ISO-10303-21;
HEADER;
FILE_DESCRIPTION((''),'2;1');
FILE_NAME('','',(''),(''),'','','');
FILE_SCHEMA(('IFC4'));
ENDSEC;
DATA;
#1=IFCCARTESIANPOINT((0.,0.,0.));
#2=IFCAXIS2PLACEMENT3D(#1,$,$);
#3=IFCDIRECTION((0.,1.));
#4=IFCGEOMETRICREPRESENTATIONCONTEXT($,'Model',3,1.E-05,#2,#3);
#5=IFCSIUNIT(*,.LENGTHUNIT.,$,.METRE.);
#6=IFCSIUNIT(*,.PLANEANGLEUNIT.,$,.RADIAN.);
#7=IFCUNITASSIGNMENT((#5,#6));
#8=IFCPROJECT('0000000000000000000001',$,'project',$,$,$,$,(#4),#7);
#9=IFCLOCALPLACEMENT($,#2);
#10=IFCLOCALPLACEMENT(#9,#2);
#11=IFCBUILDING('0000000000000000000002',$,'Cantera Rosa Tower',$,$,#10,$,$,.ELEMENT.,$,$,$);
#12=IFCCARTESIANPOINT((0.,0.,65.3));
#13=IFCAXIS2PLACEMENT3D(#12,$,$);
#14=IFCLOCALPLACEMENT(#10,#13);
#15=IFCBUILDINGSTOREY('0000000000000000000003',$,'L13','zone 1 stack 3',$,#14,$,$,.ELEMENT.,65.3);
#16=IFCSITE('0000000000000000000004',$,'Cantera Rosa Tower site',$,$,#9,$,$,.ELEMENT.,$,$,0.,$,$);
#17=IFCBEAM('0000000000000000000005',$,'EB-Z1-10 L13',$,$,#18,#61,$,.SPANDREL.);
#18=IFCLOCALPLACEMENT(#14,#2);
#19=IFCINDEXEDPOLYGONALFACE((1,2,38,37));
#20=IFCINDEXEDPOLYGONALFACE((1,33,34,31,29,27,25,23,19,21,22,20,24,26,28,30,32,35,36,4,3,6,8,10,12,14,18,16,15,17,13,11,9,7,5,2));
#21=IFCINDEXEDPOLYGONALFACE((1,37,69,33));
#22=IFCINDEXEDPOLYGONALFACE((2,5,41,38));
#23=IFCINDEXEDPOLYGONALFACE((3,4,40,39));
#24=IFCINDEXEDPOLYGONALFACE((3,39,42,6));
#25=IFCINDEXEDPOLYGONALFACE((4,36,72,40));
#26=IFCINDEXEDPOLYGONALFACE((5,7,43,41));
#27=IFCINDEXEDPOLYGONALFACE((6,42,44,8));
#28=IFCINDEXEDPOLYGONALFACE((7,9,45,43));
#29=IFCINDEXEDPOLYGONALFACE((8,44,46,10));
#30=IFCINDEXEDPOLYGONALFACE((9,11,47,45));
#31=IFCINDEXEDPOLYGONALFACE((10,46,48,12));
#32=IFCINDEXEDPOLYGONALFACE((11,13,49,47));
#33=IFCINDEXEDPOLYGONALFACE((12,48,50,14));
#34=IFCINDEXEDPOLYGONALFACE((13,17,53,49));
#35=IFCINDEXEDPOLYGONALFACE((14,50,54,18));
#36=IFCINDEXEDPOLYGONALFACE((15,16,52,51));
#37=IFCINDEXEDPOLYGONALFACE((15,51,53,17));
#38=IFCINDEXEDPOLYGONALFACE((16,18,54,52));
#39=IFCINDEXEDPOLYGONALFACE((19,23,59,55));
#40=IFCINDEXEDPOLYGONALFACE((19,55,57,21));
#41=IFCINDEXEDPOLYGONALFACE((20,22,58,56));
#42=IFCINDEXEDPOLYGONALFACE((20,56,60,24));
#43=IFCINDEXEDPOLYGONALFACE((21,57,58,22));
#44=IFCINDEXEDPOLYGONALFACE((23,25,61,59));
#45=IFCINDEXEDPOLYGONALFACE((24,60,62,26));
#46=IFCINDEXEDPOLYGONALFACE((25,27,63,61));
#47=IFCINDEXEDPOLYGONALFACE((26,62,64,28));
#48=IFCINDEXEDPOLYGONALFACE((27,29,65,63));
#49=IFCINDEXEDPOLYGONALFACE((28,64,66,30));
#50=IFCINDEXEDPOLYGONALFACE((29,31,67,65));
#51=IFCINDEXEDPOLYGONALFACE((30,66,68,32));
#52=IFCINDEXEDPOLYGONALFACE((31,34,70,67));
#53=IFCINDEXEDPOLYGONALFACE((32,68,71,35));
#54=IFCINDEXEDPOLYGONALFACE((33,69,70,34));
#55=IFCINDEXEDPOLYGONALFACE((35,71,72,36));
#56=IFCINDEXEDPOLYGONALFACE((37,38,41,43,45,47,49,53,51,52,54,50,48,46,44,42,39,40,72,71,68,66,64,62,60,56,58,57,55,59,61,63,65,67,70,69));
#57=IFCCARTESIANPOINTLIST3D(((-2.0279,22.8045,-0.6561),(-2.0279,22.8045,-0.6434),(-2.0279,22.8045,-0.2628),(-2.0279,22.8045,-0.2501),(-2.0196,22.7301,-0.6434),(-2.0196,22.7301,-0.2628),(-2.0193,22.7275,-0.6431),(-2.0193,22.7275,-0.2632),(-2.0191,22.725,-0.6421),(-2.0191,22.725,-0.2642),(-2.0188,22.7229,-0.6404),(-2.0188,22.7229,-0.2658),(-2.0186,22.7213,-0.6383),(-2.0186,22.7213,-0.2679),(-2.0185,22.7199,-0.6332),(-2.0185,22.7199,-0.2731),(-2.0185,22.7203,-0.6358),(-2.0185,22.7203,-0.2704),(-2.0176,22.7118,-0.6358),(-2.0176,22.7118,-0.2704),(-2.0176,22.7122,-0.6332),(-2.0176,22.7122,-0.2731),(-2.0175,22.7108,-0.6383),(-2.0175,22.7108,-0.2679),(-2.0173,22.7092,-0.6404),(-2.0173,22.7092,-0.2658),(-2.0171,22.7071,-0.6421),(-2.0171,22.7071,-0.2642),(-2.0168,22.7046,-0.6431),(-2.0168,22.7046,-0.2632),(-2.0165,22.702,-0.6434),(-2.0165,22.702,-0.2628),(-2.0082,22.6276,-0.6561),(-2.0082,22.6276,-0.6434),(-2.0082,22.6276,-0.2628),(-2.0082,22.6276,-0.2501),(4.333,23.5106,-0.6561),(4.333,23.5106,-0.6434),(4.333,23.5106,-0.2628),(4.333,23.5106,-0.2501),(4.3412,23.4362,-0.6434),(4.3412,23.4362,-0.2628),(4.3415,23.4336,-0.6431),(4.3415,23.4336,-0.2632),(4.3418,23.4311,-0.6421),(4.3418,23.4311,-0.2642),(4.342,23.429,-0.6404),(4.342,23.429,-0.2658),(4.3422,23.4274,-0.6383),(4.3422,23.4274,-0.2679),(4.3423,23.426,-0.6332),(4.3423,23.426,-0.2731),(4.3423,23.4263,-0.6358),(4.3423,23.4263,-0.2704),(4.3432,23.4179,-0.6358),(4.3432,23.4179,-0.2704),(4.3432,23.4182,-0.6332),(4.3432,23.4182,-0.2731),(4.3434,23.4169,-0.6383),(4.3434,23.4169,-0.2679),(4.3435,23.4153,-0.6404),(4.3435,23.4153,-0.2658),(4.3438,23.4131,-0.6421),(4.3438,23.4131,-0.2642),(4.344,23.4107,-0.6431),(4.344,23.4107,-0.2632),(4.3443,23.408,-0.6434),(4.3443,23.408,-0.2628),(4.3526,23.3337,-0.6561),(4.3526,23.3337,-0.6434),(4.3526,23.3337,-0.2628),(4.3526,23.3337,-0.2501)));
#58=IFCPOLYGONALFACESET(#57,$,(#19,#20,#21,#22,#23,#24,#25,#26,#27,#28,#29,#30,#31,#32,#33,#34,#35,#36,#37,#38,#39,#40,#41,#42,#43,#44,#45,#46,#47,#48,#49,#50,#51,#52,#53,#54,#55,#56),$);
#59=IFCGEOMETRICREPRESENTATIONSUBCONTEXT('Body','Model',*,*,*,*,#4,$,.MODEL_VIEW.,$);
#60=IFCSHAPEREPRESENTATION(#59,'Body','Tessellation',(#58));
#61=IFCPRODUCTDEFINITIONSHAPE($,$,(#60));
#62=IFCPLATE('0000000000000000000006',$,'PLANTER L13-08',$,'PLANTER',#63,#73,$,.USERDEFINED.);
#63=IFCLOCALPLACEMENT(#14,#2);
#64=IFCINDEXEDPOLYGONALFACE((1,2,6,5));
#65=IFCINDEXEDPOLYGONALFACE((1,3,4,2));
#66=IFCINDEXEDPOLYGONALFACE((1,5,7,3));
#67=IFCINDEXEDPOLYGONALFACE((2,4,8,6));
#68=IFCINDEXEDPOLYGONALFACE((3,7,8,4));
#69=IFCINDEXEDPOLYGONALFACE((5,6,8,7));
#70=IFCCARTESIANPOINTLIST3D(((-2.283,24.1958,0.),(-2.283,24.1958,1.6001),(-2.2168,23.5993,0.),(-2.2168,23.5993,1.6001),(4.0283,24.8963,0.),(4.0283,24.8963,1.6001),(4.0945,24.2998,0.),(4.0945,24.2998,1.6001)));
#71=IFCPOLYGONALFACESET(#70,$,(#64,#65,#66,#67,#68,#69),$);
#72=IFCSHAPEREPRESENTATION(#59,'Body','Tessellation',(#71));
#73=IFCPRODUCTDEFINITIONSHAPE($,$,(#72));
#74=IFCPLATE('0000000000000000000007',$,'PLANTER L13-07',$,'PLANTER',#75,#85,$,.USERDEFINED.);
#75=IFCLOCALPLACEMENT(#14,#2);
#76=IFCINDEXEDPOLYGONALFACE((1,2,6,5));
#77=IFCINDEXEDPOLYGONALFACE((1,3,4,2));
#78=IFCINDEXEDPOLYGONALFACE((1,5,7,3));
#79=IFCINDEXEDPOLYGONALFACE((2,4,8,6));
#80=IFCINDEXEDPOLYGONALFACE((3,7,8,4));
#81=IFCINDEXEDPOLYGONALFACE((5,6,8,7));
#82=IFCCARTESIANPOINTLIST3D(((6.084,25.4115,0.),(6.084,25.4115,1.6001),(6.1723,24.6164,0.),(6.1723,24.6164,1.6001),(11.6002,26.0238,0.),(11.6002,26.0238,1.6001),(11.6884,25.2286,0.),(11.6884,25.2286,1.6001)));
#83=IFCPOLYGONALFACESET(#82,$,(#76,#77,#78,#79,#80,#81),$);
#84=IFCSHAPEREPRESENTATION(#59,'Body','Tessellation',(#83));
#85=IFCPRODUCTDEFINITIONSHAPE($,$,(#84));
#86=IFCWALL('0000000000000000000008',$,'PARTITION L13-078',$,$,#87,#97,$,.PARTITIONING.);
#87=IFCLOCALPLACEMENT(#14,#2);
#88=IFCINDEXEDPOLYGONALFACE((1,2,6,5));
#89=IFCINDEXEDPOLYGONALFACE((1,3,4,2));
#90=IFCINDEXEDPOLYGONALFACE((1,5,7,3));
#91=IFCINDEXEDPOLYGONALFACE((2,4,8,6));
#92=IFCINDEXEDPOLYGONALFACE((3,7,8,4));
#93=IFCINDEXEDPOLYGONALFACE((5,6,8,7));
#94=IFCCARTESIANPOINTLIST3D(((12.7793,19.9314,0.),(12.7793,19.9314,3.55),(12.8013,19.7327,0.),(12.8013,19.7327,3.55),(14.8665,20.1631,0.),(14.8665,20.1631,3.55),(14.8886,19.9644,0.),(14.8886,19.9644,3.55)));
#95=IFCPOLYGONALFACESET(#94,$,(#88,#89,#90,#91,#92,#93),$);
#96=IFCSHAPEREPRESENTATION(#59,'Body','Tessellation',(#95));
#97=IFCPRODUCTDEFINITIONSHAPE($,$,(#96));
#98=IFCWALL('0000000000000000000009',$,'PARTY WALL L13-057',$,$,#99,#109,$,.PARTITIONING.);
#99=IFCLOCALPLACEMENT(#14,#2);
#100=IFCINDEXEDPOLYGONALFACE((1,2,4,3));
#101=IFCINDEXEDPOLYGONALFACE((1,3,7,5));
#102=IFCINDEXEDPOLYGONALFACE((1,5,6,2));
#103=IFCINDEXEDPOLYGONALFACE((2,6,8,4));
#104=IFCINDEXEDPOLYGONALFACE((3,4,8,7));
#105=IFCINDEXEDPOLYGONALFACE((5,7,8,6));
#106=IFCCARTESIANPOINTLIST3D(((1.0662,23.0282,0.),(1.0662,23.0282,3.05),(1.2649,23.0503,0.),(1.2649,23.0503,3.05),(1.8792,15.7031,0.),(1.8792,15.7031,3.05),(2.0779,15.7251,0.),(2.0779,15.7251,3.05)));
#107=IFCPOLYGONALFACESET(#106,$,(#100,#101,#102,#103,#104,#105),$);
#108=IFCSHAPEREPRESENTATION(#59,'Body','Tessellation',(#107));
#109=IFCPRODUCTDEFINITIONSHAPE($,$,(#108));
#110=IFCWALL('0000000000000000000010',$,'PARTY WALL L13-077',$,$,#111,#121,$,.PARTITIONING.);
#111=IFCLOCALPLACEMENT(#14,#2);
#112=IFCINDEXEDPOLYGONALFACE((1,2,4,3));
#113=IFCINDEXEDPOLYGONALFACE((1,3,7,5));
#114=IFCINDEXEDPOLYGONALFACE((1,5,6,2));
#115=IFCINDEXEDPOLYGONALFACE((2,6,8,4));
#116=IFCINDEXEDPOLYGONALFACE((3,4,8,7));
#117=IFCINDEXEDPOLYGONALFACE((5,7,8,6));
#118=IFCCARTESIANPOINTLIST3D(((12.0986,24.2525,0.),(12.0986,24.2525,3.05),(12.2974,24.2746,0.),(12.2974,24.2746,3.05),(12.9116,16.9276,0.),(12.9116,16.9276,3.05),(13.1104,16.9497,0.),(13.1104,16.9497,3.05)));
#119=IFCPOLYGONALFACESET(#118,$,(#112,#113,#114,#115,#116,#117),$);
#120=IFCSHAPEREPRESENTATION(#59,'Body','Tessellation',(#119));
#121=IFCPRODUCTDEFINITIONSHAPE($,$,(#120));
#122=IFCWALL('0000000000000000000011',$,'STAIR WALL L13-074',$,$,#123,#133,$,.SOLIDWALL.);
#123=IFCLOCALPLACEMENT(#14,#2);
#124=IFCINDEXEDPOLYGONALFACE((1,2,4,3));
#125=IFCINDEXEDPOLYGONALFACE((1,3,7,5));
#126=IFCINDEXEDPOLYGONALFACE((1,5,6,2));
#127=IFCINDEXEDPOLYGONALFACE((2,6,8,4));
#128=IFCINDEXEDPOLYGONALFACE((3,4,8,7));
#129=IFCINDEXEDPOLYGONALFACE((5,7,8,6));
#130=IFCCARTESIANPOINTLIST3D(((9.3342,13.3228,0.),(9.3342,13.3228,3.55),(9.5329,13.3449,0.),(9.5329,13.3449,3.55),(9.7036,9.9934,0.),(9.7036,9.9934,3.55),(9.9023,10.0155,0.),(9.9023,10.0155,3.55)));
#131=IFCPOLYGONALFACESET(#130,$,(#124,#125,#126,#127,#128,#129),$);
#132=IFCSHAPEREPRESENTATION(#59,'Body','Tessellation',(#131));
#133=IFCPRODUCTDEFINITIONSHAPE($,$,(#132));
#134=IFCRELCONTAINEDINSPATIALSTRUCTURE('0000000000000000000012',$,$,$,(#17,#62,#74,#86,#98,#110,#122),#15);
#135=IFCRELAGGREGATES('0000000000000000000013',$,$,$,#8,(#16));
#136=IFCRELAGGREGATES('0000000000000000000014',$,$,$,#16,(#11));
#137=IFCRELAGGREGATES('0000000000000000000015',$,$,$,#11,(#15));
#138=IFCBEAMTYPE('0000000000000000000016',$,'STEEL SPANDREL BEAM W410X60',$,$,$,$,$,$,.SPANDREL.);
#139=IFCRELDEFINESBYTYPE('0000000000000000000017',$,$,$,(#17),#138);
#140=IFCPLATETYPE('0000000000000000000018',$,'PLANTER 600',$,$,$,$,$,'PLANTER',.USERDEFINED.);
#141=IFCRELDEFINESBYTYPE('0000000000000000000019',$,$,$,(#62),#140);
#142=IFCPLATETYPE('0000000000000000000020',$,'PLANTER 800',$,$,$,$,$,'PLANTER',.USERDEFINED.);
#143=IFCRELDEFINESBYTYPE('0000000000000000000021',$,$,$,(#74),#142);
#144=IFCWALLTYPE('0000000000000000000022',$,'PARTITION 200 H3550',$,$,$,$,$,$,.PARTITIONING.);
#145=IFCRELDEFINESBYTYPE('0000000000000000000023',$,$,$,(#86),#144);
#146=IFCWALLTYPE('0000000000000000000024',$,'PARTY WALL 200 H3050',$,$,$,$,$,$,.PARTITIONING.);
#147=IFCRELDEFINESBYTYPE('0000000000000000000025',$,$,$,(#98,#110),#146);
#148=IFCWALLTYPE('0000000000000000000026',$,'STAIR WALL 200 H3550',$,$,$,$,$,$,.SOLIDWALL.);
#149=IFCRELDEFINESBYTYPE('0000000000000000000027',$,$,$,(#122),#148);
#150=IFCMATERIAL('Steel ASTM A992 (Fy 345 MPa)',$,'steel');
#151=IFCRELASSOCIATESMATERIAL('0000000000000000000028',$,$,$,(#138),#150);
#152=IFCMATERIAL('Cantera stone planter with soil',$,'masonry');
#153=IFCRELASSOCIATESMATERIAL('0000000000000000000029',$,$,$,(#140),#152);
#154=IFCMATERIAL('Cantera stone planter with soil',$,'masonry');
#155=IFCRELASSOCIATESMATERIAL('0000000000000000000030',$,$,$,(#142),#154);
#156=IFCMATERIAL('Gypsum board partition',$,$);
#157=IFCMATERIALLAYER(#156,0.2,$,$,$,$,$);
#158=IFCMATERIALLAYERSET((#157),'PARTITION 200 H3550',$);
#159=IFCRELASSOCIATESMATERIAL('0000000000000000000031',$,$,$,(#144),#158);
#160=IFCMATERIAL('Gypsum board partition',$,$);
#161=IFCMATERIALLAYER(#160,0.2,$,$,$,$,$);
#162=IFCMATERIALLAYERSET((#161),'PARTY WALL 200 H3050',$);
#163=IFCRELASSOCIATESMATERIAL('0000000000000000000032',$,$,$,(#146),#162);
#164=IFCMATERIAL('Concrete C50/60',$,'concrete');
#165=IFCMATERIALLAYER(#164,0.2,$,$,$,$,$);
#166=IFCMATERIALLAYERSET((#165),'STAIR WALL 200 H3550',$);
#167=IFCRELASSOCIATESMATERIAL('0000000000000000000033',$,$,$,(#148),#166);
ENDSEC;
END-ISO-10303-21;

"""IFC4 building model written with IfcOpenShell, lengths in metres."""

from ifc_helpers import new_model, si_unit, direction, frame, frame_2d, origin, origin_2d, place, context, subcontext, project, spatial, rectangle, i_section, extrude, material, layer, layer_set, material_profile, profile_set, type_object, element, save


model = new_model("IFC4")

# Units and contexts
model_context = context("Model", 3, precision=1e-05, world=origin(), true_north=direction((0.0, 1.0)))
body_context = subcontext(model_context, "Body", "Model", "MODEL_VIEW")
ifc_project = project(units=[si_unit("LENGTHUNIT", "METRE"), si_unit("PLANEANGLEUNIT", "RADIAN")], contexts=[model_context])

# Site, building, storey
site_placement = place(None, origin())
site = spatial("IfcSite", under=ifc_project, at=site_placement, Name="Cantera Rosa Tower site", CompositionType="ELEMENT", RefElevation=0.0)
building_placement = place(site_placement, origin())
building = spatial("IfcBuilding", under=site, at=building_placement, Name="Cantera Rosa Tower", CompositionType="ELEMENT")
storey_placement = place(building_placement, frame((0.0, 0.0, 65.3)))
storey = spatial("IfcBuildingStorey", under=building, at=storey_placement, Name="L13", Description="zone 1 stack 3", CompositionType="ELEMENT", Elevation=65.3)

# Beam
ifc_material_1 = material(Name="Steel ASTM A992 (Fy 345 MPa)", Category="steel")
ifc_material_profile_1 = material_profile(ifc_material_1, i_section(OverallWidth=0.178, OverallDepth=0.406, WebThickness=0.0078, FlangeThickness=0.0127, FilletRadius=0.0103, at=origin_2d()), Name="W410X60")
ifc_profile_set_1 = profile_set([ifc_material_profile_1], Name="Steel ASTM A992 (Fy 345 MPa)")
beam_type_1 = type_object("IfcBeamType", Name="STEEL SPANDREL BEAM W410X60", PredefinedType="SPANDREL", material=ifc_profile_set_1)
for number, where, z_axis, x_axis, name in (
    (1, (4.3428, 23.4221, -0.4531), (-0.993896, -0.110323, 0.0), (0.110323, -0.993896, 0.0), "EB-Z1-10 L13"),
):
    element("IfcBeam", number, at=place(storey_placement, frame(where, z_axis=z_axis, x_axis=x_axis)), inside=storey, type_object=beam_type_1, Name=name, PredefinedType="SPANDREL", context=body_context, shape_type="SweptSolid", body=[
        extrude(i_section(OverallWidth=0.178, OverallDepth=0.406, WebThickness=0.0078, FlangeThickness=0.0127, FilletRadius=0.0103, at=origin_2d()), origin(), (0.0, 0.0, 1.0), 6.3999),
    ])

# Plates
ifc_material_2 = material(Name="Cantera stone planter with soil", Category="masonry")
plate_type_1 = type_object("IfcPlateType", Name="PLANTER 600", ElementType="PLANTER", PredefinedType="USERDEFINED", material=ifc_material_2)
plate_1_placement = place(storey_placement, frame((0.9058, 24.2478, 0.0), z_axis=(0.0, 0.0, 1.0), x_axis=(-0.993897, -0.110313, 0.0)))
element("IfcPlate", 2, at=plate_1_placement, inside=storey, type_object=plate_type_1, Name="PLANTER L13-08", ObjectType="PLANTER", PredefinedType="USERDEFINED", context=body_context, shape_type="SweptSolid", body=[
    extrude(rectangle(XDim=6.3501, YDim=0.6001, at=origin_2d()), origin(), (0.0, 0.0, 1.0), 1.6001),
])
ifc_material_3 = material(Name="Cantera stone planter with soil", Category="masonry")
plate_type_2 = type_object("IfcPlateType", Name="PLANTER 800", ElementType="PLANTER", PredefinedType="USERDEFINED", material=ifc_material_3)
plate_2_placement = place(storey_placement, frame((8.8862, 25.3201, 0.0), z_axis=(0.0, 0.0, 1.0), x_axis=(-0.993897, -0.110313, 0.0)))
element("IfcPlate", 3, at=plate_2_placement, inside=storey, type_object=plate_type_2, Name="PLANTER L13-07", ObjectType="PLANTER", PredefinedType="USERDEFINED", context=body_context, shape_type="SweptSolid", body=[
    extrude(rectangle(XDim=5.55, YDim=0.8, at=origin_2d()), origin(), (0.0, 0.0, 1.0), 1.6001),
])

# Walls
ifc_material_4 = material(Name="Gypsum board partition")
ifc_layer_1 = layer(ifc_material_4, 0.2)
ifc_layer_set_1 = layer_set([ifc_layer_1], Name="PARTITION 200 H3550")
wall_type_1 = type_object("IfcWallType", Name="PARTITION 200 H3550", PredefinedType="PARTITIONING", material=ifc_layer_set_1)
wall_1_placement = place(storey_placement, frame((12.7903, 19.832, 0.0), z_axis=(0.0, 0.0, 1.0), x_axis=(0.993895, 0.110329, 0.0)))
element("IfcWall", 4, at=wall_1_placement, inside=storey, type_object=wall_type_1, Name="PARTITION L13-078", PredefinedType="PARTITIONING", context=body_context, shape_type="SweptSolid", body=[
    extrude(rectangle(XDim=2.1001, YDim=0.2, at=frame_2d((1.05, 0.0))), origin(), (0.0, 0.0, 1.0), 3.55),
])
ifc_material_5 = material(Name="Gypsum board partition")
ifc_layer_2 = layer(ifc_material_5, 0.2)
ifc_layer_set_2 = layer_set([ifc_layer_2], Name="PARTY WALL 200 H3050")
wall_type_2 = type_object("IfcWallType", Name="PARTY WALL 200 H3050", PredefinedType="PARTITIONING", material=ifc_layer_set_2)
wall_2_placement = place(storey_placement, frame((1.9785, 15.7141, 0.0), z_axis=(0.0, 0.0, 1.0), x_axis=(-0.110308, 0.993897, 0.0)))
element("IfcWall", 5, at=wall_2_placement, inside=storey, type_object=wall_type_2, Name="PARTY WALL L13-057", PredefinedType="PARTITIONING", context=body_context, shape_type="SweptSolid", body=[
    extrude(rectangle(XDim=7.3701, YDim=0.2, at=frame_2d((3.6851, 0.0))), origin(), (0.0, 0.0, 1.0), 3.05),
])
wall_3_placement = place(storey_placement, frame((12.198, 24.2637, 0.0), z_axis=(0.0, 0.0, 1.0), x_axis=(0.110312, -0.993897, 0.0)))
element("IfcWall", 6, at=wall_3_placement, inside=storey, type_object=wall_type_2, Name="PARTY WALL L13-077", PredefinedType="PARTITIONING", context=body_context, shape_type="SweptSolid", body=[
    extrude(rectangle(XDim=7.3699, YDim=0.2, at=frame_2d((3.6851, 0.0))), origin(), (0.0, 0.0, 1.0), 3.05),
])
ifc_material_6 = material(Name="Concrete C50/60", Category="concrete")
ifc_layer_3 = layer(ifc_material_6, 0.2)
ifc_layer_set_3 = layer_set([ifc_layer_3], Name="STAIR WALL 200 H3550")
wall_type_3 = type_object("IfcWallType", Name="STAIR WALL 200 H3550", PredefinedType="SOLIDWALL", material=ifc_layer_set_3)
wall_4_placement = place(storey_placement, frame((9.4336, 13.3337, 0.0), z_axis=(0.0, 0.0, 1.0), x_axis=(0.110272, -0.993901, 0.0)))
element("IfcWall", 7, at=wall_4_placement, inside=storey, type_object=wall_type_3, Name="STAIR WALL L13-074", PredefinedType="SOLIDWALL", context=body_context, shape_type="SweptSolid", body=[
    extrude(rectangle(XDim=3.3499, YDim=0.2, at=frame_2d((1.6748, 0.0))), origin(), (0.0, 0.0, 1.0), 3.55),
])

save(model, "model.ifc")
